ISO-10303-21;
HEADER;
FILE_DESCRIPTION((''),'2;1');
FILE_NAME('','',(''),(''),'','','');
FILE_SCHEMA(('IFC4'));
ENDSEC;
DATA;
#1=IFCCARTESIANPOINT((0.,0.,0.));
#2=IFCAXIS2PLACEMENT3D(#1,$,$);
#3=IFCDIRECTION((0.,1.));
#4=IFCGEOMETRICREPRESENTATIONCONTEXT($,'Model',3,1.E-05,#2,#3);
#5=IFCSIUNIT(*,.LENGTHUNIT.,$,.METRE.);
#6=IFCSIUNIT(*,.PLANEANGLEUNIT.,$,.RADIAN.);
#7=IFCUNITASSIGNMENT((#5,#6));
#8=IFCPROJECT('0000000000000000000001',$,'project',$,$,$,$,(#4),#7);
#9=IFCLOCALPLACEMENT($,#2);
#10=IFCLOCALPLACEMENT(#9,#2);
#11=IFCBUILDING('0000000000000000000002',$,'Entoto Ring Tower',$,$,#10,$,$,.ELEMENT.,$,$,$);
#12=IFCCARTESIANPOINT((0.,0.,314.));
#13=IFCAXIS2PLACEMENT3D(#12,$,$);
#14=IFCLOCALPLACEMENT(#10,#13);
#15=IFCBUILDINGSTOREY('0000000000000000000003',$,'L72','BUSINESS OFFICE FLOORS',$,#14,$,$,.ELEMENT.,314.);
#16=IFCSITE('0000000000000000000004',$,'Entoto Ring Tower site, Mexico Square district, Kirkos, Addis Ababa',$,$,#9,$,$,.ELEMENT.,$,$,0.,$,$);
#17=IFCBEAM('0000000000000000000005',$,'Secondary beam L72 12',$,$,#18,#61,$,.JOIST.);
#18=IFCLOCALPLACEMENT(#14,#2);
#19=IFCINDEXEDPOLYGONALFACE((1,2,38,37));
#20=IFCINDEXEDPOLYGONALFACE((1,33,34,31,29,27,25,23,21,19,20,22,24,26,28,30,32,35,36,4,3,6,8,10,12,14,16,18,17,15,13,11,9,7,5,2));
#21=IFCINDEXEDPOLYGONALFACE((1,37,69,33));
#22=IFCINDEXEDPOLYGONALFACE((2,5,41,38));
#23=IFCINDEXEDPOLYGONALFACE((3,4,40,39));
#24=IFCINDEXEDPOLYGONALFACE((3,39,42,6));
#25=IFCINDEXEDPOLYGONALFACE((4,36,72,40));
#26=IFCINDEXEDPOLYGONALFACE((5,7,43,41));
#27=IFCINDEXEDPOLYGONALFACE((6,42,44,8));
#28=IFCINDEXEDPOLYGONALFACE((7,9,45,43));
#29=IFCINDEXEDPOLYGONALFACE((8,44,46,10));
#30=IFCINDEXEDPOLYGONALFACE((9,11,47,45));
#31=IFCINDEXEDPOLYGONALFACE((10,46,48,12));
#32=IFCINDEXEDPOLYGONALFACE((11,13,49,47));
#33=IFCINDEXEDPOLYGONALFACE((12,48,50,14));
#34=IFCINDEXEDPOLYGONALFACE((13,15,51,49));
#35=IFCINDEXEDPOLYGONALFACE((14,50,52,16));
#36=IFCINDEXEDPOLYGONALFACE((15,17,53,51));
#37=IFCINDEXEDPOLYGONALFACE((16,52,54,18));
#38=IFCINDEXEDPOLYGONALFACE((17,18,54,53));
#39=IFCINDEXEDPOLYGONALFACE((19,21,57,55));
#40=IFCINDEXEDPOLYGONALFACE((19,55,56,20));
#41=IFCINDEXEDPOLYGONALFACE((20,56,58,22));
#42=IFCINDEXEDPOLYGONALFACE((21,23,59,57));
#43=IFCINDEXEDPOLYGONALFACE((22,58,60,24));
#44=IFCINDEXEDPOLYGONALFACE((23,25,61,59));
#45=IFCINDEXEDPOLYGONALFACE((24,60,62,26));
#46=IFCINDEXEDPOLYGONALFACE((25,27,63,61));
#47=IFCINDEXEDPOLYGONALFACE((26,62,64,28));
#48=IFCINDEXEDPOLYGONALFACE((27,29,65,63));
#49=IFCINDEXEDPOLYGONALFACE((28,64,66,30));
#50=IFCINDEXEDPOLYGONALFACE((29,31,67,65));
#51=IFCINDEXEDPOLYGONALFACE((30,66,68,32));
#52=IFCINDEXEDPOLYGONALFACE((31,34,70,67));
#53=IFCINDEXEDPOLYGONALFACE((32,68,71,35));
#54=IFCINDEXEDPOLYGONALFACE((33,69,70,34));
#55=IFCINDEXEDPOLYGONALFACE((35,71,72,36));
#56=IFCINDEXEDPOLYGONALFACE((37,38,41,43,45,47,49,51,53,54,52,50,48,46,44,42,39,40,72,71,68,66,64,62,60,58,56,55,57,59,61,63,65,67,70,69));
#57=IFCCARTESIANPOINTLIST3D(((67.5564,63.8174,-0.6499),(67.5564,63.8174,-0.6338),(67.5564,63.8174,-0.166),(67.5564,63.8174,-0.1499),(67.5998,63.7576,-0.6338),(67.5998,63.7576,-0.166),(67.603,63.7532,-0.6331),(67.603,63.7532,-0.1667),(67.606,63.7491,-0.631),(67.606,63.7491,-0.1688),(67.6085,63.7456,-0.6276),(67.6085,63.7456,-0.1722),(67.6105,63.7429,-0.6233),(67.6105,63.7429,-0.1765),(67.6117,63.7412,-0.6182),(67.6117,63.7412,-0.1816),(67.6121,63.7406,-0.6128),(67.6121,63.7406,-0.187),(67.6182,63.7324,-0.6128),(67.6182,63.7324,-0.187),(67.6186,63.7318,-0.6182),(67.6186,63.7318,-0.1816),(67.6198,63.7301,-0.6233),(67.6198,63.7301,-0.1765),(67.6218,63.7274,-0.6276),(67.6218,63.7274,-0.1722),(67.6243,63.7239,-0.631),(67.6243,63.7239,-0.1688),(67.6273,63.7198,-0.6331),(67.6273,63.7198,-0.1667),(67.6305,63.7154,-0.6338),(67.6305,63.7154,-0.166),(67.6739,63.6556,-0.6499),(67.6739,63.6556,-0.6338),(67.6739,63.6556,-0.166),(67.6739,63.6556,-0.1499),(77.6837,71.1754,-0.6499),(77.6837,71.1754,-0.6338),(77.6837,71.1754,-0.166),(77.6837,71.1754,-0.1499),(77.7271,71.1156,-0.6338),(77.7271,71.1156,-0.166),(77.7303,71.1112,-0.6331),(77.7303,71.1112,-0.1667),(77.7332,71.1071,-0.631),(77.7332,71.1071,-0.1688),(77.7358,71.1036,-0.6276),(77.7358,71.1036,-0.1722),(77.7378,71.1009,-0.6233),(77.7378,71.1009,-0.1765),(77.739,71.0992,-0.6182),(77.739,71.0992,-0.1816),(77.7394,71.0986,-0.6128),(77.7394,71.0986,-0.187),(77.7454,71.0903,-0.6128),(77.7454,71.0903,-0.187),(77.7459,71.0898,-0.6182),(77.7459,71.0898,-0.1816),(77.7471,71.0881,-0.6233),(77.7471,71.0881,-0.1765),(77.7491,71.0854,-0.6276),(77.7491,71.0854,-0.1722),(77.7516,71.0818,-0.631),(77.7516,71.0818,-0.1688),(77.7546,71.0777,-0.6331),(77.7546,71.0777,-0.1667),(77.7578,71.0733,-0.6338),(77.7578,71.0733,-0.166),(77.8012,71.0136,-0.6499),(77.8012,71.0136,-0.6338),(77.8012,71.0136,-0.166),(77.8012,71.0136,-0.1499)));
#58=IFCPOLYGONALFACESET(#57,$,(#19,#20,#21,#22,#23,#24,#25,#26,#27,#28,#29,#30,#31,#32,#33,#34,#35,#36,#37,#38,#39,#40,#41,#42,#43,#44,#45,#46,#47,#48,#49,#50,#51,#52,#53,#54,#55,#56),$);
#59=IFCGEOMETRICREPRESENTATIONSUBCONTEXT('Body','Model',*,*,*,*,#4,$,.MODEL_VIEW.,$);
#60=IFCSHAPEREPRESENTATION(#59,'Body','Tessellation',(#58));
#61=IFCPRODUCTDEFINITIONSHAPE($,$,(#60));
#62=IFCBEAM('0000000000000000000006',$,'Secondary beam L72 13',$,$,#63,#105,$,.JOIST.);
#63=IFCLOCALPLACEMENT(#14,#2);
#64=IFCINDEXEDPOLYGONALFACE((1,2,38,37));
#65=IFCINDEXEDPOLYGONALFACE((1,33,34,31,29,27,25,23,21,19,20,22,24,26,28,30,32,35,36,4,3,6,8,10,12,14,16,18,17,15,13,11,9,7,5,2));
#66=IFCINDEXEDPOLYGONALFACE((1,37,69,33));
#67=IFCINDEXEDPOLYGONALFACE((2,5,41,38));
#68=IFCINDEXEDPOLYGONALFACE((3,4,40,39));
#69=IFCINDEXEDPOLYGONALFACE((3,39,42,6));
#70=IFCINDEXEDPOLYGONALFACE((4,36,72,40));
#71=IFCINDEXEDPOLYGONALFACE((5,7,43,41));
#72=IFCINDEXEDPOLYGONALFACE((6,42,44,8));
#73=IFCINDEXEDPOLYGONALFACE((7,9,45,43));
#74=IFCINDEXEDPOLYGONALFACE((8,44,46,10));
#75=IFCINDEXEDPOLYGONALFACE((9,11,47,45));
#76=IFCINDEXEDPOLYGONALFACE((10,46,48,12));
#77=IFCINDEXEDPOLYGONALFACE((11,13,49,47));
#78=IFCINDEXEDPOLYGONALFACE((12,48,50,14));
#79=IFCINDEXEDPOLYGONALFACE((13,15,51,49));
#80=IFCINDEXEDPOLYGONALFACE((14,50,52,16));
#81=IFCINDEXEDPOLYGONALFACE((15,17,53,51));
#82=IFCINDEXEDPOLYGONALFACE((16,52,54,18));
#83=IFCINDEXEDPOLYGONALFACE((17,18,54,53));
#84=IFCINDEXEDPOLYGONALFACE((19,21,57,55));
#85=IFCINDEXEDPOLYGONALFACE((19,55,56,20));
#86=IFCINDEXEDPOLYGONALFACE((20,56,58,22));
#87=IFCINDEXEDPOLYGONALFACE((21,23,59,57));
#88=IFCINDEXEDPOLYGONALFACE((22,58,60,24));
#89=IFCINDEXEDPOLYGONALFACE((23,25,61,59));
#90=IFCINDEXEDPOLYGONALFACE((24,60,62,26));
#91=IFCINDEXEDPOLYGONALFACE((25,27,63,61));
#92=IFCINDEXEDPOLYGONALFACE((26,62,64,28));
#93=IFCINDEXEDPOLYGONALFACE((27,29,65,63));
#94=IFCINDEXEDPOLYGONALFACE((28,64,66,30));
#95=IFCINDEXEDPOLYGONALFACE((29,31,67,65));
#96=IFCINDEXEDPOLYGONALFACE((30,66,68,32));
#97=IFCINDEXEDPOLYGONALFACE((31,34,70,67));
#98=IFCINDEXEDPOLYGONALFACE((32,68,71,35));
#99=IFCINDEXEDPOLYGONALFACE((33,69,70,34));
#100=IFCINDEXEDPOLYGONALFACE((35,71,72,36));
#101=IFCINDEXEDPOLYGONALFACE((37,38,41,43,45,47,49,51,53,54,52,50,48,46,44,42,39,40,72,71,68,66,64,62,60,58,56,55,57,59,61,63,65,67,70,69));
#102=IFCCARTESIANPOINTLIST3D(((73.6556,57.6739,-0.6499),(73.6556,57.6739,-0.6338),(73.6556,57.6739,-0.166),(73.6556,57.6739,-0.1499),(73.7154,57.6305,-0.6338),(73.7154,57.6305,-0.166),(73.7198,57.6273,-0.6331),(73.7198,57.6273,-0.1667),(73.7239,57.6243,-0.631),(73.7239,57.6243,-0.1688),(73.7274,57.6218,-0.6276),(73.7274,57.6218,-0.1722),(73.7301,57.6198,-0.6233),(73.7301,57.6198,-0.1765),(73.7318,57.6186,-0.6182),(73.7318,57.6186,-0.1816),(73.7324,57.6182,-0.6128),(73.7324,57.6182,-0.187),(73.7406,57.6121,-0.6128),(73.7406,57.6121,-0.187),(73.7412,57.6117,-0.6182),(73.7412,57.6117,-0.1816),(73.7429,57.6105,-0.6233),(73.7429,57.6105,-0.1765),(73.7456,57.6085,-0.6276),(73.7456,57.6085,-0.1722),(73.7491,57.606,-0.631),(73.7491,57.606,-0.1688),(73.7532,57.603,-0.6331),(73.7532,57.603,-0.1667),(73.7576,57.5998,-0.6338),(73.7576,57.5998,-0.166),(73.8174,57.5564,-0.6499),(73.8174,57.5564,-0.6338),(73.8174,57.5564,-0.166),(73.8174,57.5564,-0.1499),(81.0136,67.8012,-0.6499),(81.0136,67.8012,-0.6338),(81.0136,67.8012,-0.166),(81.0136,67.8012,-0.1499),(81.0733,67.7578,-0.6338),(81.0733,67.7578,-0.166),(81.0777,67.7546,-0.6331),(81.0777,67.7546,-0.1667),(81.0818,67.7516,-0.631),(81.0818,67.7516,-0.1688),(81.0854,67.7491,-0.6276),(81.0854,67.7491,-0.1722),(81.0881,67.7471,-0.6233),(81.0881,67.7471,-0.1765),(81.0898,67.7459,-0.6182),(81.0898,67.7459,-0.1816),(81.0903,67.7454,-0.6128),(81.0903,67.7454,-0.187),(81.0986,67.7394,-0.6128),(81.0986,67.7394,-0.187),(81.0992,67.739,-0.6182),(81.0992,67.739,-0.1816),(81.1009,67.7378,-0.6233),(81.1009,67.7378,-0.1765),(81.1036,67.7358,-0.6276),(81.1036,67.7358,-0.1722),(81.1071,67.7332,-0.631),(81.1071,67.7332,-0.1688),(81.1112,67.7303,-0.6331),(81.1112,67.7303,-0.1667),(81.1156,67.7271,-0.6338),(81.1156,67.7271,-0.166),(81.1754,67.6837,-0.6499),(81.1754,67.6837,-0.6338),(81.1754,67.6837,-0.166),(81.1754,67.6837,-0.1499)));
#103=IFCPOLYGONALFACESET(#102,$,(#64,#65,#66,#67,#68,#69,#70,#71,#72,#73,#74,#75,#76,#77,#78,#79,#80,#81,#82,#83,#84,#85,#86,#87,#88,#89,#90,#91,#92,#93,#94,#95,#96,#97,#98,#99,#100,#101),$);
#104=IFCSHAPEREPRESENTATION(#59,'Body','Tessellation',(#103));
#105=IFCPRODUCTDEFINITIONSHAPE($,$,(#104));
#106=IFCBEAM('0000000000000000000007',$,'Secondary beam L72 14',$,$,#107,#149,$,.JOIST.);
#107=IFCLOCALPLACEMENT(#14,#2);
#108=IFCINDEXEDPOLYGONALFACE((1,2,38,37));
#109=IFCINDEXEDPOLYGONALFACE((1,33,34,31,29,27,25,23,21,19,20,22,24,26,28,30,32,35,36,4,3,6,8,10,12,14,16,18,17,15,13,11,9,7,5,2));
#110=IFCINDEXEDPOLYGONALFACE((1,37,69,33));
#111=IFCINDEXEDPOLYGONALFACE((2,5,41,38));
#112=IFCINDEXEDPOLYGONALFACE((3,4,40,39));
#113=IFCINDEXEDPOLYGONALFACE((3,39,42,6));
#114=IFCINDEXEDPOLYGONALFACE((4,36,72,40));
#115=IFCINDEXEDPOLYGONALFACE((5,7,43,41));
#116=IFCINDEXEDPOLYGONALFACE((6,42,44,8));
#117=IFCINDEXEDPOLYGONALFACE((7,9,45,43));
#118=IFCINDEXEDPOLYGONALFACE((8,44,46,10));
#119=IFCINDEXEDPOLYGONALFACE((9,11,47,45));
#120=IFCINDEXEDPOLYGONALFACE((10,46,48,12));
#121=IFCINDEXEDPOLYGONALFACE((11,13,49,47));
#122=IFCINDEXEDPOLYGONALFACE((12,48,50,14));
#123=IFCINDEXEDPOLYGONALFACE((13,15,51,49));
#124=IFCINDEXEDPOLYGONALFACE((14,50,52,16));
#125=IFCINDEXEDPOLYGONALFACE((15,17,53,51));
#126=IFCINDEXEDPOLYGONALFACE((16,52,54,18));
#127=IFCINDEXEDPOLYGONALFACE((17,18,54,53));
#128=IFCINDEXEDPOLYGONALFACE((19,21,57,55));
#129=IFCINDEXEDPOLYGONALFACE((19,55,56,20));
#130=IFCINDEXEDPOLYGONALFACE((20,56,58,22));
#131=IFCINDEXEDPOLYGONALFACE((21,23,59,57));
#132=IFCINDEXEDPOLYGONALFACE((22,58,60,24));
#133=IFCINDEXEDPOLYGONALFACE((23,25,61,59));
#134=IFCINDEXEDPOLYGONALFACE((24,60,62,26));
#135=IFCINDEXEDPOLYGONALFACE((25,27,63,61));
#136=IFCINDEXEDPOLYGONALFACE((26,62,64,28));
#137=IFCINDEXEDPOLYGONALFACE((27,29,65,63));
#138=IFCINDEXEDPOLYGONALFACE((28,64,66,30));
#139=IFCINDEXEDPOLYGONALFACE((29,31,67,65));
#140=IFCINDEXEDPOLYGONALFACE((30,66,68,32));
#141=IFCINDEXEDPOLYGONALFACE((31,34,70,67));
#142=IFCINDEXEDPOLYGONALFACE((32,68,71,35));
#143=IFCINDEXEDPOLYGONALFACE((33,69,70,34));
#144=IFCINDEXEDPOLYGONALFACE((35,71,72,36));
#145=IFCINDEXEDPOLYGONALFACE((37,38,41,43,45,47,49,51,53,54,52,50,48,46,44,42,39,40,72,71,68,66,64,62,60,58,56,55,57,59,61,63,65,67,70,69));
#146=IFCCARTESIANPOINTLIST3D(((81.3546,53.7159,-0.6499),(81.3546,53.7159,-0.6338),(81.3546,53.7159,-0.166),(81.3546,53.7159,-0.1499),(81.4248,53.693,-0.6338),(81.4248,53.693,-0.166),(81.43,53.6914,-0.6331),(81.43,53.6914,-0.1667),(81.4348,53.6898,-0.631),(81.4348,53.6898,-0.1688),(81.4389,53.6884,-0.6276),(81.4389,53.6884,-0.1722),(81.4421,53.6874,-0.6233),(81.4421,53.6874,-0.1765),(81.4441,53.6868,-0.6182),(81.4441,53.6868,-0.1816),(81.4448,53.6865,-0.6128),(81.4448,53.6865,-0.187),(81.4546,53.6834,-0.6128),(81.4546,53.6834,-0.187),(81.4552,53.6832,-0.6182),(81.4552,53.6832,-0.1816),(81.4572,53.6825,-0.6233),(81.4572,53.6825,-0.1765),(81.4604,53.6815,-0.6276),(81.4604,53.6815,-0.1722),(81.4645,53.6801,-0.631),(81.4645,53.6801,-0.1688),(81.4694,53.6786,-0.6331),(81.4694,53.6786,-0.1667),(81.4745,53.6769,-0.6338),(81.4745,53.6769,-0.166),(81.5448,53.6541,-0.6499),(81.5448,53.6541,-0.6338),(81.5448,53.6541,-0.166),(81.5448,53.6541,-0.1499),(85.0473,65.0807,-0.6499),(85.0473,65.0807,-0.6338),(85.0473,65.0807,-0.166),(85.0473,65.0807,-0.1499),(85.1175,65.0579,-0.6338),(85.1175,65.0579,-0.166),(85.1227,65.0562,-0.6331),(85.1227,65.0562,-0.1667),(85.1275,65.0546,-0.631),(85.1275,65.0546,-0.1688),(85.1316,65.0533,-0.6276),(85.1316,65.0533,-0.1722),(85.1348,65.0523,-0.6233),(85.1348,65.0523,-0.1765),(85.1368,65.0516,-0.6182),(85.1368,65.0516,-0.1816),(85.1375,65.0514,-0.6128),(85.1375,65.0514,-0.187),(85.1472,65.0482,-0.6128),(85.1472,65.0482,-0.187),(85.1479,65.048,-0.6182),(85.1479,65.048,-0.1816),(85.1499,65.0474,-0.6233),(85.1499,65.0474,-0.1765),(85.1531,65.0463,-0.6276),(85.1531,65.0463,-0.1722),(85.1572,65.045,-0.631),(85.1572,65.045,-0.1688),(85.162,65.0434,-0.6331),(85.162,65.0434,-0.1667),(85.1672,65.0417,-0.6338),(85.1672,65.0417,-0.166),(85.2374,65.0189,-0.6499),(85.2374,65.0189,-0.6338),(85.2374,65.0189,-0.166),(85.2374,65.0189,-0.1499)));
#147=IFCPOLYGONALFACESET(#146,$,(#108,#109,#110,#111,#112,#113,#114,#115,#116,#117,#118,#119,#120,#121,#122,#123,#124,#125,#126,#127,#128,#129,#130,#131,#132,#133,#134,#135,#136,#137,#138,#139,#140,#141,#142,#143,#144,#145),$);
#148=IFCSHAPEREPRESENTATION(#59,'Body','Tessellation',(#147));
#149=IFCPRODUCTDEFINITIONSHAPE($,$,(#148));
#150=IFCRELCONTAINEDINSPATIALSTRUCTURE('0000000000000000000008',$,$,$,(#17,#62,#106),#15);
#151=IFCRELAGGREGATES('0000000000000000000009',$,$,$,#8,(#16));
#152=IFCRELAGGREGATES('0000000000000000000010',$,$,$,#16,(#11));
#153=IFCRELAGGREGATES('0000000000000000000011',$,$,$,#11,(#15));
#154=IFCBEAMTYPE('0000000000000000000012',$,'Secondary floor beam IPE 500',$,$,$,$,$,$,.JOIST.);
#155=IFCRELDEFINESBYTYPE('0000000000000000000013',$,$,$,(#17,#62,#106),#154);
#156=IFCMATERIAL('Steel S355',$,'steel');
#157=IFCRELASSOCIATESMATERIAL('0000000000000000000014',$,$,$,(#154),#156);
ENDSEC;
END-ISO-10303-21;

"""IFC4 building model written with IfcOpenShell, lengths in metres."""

from ifc_helpers import new_model, si_unit, direction, frame, origin, origin_2d, place, context, subcontext, project, spatial, i_section, extrude, material, material_profile, profile_set, type_object, element, save


model = new_model("IFC4")

# Units and contexts
model_context = context("Model", 3, precision=1e-05, world=origin(), true_north=direction((0.0, 1.0)))
body_context = subcontext(model_context, "Body", "Model", "MODEL_VIEW")
ifc_project = project(units=[si_unit("LENGTHUNIT", "METRE"), si_unit("PLANEANGLEUNIT", "RADIAN")], contexts=[model_context])

# Site, building, storey
site_placement = place(None, origin())
site = spatial("IfcSite", under=ifc_project, at=site_placement, Name="Entoto Ring Tower site, Mexico Square district, Kirkos, Addis Ababa", CompositionType="ELEMENT", RefElevation=0.0)
building_placement = place(site_placement, origin())
building = spatial("IfcBuilding", under=site, at=building_placement, Name="Entoto Ring Tower", CompositionType="ELEMENT")
storey_placement = place(building_placement, frame((0.0, 0.0, 314.0)))
storey = spatial("IfcBuildingStorey", under=building, at=storey_placement, Name="L72", Description="BUSINESS OFFICE FLOORS", CompositionType="ELEMENT", Elevation=314.0)

# Beams
ifc_material_1 = material(Name="Steel S355", Category="steel")
ifc_material_profile_1 = material_profile(ifc_material_1, i_section(OverallWidth=0.2, OverallDepth=0.5, WebThickness=0.0103, FlangeThickness=0.0161, FilletRadius=0.021, at=origin_2d()), Name="IPE 500")
ifc_profile_set_1 = profile_set([ifc_material_profile_1], Name="Steel S355")
beam_type_1 = type_object("IfcBeamType", Name="Secondary floor beam IPE 500", PredefinedType="JOIST", material=ifc_profile_set_1)
for number, where, z_axis, x_axis, name in (
    (1, (77.7424, 71.0945, -0.3999), (-0.809014, -0.587789, 0.0), (0.587789, -0.809014, 0.0), "Secondary beam L72 12"),
    (2, (81.0945, 67.7424, -0.3999), (-0.587789, -0.809014, 0.0), (0.809014, -0.587789, 0.0), "Secondary beam L72 13"),
):
    element("IfcBeam", number, at=place(storey_placement, frame(where, z_axis=z_axis, x_axis=x_axis)), inside=storey, type_object=beam_type_1, Name=name, PredefinedType="JOIST", context=body_context, shape_type="SweptSolid", body=[
        extrude(i_section(OverallWidth=0.2, OverallDepth=0.5, WebThickness=0.0103, FlangeThickness=0.0161, FilletRadius=0.021, at=origin_2d()), origin(), (0.0, 0.0, 1.0), 12.5181),
    ])
beam_1_placement = place(storey_placement, frame((85.1423, 65.0498, -0.3999), z_axis=(-0.309017, -0.951057, 0.0), x_axis=(0.951057, -0.309017, 0.0)))
element("IfcBeam", 3, at=beam_1_placement, inside=storey, type_object=beam_type_1, Name="Secondary beam L72 14", PredefinedType="JOIST", context=body_context, shape_type="SweptSolid", body=[
    extrude(i_section(OverallWidth=0.2, OverallDepth=0.5, WebThickness=0.0103, FlangeThickness=0.0161, FilletRadius=0.021, at=origin_2d()), origin(), (0.0, 0.0, 1.0), 11.9497),
])

save(model, "model.ifc")
